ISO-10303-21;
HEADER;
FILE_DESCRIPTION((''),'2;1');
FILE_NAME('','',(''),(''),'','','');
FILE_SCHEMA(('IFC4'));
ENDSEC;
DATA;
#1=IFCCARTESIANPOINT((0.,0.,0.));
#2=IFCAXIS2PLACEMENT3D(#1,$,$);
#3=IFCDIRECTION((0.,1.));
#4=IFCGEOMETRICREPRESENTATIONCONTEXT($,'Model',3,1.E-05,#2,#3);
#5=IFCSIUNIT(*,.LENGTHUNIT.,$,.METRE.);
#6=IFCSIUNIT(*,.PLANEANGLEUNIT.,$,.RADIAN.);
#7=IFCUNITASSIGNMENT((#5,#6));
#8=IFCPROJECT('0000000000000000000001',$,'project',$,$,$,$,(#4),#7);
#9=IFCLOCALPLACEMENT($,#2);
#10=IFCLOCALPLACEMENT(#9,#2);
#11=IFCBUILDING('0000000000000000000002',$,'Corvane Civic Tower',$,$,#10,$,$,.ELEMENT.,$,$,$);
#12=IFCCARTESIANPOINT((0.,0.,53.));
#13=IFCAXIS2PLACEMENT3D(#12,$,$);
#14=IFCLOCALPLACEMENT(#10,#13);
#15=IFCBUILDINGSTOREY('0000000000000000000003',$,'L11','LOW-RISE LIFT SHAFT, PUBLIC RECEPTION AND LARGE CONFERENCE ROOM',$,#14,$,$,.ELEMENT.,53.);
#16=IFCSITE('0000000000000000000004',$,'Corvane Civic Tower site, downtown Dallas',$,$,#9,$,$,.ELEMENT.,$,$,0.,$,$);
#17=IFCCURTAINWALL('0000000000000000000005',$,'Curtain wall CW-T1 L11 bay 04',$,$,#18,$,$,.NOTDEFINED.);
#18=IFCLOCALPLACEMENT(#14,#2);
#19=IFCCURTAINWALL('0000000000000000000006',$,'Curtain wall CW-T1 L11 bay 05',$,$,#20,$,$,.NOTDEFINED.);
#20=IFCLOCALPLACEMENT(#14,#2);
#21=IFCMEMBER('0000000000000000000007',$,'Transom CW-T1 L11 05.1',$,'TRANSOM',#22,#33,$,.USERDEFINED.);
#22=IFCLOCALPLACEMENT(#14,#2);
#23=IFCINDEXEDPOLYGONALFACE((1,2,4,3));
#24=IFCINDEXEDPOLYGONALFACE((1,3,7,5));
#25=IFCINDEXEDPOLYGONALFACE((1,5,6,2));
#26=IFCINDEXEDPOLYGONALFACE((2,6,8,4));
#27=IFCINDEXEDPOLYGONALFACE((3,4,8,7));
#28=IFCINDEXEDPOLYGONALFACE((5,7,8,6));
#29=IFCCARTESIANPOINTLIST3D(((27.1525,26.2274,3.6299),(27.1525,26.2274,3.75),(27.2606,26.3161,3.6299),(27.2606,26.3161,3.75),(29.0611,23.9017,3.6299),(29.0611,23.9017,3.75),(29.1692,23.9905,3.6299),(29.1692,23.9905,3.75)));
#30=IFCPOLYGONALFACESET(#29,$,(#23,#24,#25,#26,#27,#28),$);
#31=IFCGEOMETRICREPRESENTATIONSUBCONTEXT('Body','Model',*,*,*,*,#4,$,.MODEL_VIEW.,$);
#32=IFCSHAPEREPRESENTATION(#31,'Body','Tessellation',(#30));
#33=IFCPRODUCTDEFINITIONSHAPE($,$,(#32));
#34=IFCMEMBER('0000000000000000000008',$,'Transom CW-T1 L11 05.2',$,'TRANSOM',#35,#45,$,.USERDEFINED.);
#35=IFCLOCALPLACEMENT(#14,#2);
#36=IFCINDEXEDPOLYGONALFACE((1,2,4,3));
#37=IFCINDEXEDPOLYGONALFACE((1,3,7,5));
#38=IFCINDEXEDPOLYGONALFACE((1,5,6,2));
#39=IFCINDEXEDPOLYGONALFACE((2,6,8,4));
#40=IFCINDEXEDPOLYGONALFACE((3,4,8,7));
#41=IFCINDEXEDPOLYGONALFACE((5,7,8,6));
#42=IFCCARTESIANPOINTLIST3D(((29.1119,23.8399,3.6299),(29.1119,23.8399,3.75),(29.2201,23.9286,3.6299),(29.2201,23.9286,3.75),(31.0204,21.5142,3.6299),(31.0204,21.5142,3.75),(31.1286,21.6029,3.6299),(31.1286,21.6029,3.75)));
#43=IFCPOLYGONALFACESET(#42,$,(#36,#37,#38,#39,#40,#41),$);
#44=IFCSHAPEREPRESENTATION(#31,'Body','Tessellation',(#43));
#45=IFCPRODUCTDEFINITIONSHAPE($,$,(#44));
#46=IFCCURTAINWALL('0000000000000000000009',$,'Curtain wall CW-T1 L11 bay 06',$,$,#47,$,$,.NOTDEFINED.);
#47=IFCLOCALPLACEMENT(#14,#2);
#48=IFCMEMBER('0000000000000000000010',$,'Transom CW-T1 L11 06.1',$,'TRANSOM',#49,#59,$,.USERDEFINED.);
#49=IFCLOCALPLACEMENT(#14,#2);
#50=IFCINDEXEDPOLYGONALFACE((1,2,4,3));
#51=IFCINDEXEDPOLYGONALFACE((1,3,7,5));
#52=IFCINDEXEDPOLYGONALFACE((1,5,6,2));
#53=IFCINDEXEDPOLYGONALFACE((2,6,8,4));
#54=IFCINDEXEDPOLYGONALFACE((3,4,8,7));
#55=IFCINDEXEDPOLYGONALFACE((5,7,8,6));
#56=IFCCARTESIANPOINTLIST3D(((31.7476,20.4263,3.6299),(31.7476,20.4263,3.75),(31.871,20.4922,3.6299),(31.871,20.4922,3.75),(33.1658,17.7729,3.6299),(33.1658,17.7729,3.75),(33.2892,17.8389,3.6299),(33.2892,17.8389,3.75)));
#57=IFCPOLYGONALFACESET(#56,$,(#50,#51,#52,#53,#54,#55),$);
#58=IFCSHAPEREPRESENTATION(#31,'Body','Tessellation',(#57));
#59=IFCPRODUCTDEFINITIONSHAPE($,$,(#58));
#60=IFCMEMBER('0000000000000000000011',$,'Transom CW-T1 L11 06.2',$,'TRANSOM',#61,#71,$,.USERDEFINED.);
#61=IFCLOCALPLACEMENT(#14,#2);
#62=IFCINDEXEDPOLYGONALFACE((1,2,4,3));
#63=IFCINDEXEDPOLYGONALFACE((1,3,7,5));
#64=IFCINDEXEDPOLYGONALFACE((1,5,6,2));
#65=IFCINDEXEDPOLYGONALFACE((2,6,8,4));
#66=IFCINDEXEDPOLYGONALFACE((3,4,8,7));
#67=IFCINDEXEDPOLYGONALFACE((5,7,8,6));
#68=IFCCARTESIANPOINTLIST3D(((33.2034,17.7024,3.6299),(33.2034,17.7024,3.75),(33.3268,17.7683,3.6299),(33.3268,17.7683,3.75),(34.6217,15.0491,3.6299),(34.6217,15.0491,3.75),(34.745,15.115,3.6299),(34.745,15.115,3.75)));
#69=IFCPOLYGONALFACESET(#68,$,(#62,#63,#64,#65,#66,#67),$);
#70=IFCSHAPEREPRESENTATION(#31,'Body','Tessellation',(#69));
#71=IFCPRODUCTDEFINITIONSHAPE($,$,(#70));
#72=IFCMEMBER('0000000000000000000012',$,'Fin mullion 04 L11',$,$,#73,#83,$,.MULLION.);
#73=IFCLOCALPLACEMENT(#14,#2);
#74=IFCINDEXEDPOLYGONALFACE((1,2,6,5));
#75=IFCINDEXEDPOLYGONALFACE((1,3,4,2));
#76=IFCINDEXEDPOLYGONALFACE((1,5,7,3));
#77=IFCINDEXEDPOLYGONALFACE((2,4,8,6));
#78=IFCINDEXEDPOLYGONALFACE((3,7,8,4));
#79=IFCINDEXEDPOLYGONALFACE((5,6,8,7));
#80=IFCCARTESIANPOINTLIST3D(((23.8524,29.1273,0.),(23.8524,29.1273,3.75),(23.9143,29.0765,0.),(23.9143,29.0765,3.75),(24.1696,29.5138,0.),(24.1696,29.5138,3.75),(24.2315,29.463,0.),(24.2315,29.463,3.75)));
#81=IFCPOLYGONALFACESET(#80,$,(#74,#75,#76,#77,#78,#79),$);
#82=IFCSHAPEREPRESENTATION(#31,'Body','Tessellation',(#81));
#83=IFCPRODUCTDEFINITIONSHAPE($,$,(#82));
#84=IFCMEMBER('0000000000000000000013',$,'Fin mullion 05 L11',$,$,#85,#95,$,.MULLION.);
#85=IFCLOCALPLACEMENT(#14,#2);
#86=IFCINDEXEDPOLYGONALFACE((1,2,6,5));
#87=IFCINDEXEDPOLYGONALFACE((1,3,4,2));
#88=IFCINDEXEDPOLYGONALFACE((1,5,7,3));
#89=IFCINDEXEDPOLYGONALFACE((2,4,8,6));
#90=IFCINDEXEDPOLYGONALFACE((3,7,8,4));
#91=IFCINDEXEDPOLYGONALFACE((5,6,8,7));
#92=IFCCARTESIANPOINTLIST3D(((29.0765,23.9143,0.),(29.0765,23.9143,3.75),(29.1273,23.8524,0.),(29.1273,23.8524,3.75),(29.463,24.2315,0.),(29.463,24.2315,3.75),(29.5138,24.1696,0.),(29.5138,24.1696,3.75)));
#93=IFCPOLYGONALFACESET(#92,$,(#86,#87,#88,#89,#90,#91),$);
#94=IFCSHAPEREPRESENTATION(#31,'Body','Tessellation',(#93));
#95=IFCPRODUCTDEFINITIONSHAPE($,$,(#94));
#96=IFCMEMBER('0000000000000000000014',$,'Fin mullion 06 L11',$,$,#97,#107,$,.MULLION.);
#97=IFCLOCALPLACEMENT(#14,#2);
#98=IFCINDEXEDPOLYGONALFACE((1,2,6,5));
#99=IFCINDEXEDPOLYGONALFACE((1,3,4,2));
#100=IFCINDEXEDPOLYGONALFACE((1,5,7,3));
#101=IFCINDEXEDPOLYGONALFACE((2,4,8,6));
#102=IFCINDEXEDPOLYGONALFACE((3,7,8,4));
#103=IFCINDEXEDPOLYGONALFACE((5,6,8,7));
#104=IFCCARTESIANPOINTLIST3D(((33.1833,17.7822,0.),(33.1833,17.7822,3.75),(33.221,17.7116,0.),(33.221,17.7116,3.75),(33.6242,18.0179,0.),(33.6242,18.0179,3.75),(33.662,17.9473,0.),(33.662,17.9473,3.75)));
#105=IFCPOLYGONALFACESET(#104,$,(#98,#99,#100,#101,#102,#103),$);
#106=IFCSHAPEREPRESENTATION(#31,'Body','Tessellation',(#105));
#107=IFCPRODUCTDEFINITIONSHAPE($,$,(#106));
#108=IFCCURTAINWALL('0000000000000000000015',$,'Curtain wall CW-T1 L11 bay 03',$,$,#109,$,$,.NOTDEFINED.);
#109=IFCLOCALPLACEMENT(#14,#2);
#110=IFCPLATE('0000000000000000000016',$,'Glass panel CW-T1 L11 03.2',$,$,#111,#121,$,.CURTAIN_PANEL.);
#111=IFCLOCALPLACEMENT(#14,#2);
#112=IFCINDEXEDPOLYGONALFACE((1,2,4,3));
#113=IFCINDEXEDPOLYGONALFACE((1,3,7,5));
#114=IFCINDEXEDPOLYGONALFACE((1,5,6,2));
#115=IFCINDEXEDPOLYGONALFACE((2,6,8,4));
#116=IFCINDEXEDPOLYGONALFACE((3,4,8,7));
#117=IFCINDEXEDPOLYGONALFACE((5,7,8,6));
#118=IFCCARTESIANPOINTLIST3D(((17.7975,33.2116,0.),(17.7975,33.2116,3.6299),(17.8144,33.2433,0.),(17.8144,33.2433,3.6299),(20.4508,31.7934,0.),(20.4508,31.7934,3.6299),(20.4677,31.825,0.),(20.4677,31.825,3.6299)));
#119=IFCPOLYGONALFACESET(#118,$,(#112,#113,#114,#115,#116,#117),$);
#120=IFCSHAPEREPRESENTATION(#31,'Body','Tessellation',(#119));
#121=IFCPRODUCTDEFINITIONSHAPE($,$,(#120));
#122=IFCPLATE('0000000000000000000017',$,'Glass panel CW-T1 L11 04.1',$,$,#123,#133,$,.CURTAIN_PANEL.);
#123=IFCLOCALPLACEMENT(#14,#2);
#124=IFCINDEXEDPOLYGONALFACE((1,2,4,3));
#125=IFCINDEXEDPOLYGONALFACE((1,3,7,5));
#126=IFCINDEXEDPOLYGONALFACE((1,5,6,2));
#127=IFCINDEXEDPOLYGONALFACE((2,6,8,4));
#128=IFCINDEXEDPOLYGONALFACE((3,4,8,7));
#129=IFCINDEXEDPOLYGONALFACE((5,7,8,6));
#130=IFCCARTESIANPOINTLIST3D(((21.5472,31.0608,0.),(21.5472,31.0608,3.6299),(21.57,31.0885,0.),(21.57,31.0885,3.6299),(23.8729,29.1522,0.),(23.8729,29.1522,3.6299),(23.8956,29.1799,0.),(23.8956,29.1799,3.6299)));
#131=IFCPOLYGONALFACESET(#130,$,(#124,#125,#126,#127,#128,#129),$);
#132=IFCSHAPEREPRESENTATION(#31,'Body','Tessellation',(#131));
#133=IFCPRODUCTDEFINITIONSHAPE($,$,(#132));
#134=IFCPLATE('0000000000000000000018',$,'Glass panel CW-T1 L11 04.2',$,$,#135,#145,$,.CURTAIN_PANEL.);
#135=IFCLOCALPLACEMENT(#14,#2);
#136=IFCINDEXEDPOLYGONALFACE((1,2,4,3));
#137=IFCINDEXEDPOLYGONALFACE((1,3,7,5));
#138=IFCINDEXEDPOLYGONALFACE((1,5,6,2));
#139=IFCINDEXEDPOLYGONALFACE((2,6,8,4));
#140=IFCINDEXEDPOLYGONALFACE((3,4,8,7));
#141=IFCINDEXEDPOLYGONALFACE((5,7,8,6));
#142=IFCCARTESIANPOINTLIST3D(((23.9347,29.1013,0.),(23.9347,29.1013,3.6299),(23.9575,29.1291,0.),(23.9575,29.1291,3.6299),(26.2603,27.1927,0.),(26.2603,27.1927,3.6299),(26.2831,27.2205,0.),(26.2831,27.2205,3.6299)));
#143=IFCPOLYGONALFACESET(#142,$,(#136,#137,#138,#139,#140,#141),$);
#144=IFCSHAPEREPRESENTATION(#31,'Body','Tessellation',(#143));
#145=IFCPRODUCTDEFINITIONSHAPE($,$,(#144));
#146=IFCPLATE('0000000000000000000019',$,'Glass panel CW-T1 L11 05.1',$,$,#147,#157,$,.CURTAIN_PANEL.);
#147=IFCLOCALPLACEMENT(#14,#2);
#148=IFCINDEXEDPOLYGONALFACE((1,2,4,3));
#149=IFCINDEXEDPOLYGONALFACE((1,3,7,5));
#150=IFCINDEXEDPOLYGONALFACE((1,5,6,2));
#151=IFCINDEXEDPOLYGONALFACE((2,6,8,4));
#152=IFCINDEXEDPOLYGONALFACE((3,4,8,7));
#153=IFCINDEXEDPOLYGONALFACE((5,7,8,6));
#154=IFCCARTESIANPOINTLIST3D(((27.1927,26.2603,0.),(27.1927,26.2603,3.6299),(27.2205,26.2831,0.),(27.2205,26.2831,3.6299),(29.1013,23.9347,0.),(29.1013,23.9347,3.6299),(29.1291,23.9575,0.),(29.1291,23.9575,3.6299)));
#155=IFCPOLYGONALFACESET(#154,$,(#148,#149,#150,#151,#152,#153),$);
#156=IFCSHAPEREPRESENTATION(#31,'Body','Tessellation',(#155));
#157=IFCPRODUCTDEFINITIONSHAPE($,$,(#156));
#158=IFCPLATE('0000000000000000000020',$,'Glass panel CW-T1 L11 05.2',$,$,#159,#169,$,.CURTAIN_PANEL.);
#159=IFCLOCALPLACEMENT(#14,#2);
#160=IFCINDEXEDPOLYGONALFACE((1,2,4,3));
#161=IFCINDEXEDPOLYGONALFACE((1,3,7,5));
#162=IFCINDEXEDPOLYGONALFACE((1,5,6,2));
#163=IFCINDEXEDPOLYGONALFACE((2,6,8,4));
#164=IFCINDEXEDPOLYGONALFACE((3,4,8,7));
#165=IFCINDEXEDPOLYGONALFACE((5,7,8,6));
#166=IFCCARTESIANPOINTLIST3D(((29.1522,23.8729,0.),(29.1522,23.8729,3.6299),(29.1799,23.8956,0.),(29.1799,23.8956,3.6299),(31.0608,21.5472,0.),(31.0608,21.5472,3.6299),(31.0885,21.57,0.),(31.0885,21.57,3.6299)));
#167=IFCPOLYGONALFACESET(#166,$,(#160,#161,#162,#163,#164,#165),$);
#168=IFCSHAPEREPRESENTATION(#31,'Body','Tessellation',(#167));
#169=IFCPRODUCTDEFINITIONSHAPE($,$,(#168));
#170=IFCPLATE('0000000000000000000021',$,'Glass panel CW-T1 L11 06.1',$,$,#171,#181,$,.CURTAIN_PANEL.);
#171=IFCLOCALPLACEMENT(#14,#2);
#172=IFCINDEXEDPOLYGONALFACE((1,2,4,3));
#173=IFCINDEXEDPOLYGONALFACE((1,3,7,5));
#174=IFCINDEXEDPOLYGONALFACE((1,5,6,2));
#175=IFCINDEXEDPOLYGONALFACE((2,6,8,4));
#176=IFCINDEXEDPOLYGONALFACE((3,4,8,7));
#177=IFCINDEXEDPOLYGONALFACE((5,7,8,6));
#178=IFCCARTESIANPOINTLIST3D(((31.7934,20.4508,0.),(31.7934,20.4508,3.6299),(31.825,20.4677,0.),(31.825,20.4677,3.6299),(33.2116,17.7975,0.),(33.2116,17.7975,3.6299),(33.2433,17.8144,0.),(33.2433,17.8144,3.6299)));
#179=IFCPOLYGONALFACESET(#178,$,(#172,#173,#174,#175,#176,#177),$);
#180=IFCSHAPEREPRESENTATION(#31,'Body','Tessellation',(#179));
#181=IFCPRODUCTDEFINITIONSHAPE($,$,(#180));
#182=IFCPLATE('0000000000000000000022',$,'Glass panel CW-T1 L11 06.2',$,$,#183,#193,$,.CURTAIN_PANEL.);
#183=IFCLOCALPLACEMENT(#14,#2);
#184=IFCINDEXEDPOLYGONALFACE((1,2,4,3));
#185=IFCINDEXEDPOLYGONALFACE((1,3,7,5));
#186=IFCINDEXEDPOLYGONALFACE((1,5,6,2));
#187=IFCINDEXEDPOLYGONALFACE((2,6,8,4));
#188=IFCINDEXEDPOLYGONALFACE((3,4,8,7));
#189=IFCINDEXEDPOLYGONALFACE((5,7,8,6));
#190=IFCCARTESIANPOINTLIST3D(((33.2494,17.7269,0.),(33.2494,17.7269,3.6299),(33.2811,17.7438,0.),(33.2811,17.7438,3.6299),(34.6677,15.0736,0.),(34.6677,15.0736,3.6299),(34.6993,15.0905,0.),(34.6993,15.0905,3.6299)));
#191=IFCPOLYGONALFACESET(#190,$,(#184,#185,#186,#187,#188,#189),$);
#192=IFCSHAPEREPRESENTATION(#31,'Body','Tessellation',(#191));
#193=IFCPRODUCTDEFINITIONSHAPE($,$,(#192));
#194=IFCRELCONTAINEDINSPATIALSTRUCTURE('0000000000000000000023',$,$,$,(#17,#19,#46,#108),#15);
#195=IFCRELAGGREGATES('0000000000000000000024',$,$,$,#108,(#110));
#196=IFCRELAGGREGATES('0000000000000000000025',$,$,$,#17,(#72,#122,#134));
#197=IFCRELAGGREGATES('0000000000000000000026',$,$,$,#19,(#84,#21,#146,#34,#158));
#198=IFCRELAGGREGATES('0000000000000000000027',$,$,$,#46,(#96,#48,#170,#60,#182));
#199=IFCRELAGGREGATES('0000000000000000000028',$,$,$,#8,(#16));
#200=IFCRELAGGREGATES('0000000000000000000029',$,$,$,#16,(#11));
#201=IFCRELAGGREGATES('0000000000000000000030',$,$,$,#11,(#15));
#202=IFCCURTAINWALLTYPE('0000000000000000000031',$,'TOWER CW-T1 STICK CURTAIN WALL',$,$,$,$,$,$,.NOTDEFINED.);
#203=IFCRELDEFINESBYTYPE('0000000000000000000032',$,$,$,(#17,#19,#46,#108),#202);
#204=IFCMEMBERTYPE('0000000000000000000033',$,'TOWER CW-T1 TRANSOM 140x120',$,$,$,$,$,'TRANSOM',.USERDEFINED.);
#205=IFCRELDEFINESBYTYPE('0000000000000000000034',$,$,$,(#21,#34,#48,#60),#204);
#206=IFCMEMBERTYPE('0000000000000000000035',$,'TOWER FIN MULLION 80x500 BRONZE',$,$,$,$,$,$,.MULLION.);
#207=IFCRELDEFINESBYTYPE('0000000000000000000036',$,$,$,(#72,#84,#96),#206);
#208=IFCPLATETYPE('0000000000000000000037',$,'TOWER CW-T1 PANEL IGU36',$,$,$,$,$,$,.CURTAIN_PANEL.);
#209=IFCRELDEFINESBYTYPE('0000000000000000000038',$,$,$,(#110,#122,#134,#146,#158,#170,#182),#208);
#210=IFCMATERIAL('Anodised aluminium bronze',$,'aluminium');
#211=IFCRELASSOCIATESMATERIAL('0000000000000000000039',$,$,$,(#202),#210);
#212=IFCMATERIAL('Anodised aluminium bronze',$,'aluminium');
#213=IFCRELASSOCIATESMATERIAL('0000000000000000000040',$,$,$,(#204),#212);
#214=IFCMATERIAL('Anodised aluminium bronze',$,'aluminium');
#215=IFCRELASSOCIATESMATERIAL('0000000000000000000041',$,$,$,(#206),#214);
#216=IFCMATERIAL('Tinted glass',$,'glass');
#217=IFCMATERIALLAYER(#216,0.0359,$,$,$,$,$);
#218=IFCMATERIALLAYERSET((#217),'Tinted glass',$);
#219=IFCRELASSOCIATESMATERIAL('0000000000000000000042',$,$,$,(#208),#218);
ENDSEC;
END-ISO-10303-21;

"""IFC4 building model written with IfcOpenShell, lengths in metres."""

from ifc_helpers import new_model, si_unit, direction, frame, origin, origin_2d, place, context, subcontext, project, spatial, rectangle, extrude, material, layer, layer_set, material_profile, profile_set, type_object, element, aggregate, save


model = new_model("IFC4")

# Units and contexts
model_context = context("Model", 3, precision=1e-05, world=origin(), true_north=direction((0.0, 1.0)))
body_context = subcontext(model_context, "Body", "Model", "MODEL_VIEW")
ifc_project = project(units=[si_unit("LENGTHUNIT", "METRE"), si_unit("PLANEANGLEUNIT", "RADIAN")], contexts=[model_context])

# Site, building, storey
site_placement = place(None, origin())
site = spatial("IfcSite", under=ifc_project, at=site_placement, Name="Corvane Civic Tower site, downtown Dallas", CompositionType="ELEMENT", RefElevation=0.0)
building_placement = place(site_placement, origin())
building = spatial("IfcBuilding", under=site, at=building_placement, Name="Corvane Civic Tower", CompositionType="ELEMENT")
storey_placement = place(building_placement, frame((0.0, 0.0, 53.0)))
storey = spatial("IfcBuildingStorey", under=building, at=storey_placement, Name="L11", Description="LOW-RISE LIFT SHAFT, PUBLIC RECEPTION AND LARGE CONFERENCE ROOM", CompositionType="ELEMENT", Elevation=53.0)

# Curtain walls, members
ifc_material_1 = material(Name="Anodised aluminium bronze", Category="aluminium")
curtain_wall_type = type_object("IfcCurtainWallType", Name="TOWER CW-T1 STICK CURTAIN WALL", PredefinedType="NOTDEFINED", material=ifc_material_1)
curtain_wall_1_placement = place(storey_placement, origin())
curtain_wall_1 = element("IfcCurtainWall", 1, at=curtain_wall_1_placement, inside=storey, type_object=curtain_wall_type, Name="Curtain wall CW-T1 L11 bay 04", PredefinedType="NOTDEFINED")
ifc_material_2 = material(Name="Anodised aluminium bronze", Category="aluminium")
ifc_material_profile_1 = material_profile(ifc_material_2, rectangle(XDim=0.1399, YDim=0.1201, at=origin_2d()), Name="TOWER CW-T1 TRANSOM 140x120")
ifc_profile_set_1 = profile_set([ifc_material_profile_1], Name="Anodised aluminium bronze")
member_type_1 = type_object("IfcMemberType", Name="TOWER CW-T1 TRANSOM 140x120", ElementType="TRANSOM", PredefinedType="USERDEFINED", material=ifc_profile_set_1)
curtain_wall_2_placement = place(storey_placement, origin())
curtain_wall_2 = element("IfcCurtainWall", 2, at=curtain_wall_2_placement, inside=storey, type_object=curtain_wall_type, Name="Curtain wall CW-T1 L11 bay 05", PredefinedType="NOTDEFINED")
member_1_placement = place(storey_placement, frame((27.2065, 26.2717, 3.6899), z_axis=(0.634404, -0.773002, 0.0), x_axis=(0.773002, 0.634404, 0.0)))
member_1 = element("IfcMember", 3, at=member_1_placement, type_object=member_type_1, Name="Transom CW-T1 L11 05.1", ObjectType="TRANSOM", PredefinedType="USERDEFINED", context=body_context, shape_type="SweptSolid", body=[
    extrude(rectangle(XDim=0.1399, YDim=0.1201, at=origin_2d()), origin(), (0.0, 0.0, 1.0), 3.0085),
])
member_2_placement = place(storey_placement, frame((29.166, 23.8843, 3.6899), z_axis=(0.634355, -0.773042, 0.0), x_axis=(0.773042, 0.634355, 0.0)))
member_2 = element("IfcMember", 4, at=member_2_placement, type_object=member_type_1, Name="Transom CW-T1 L11 05.2", ObjectType="TRANSOM", PredefinedType="USERDEFINED", context=body_context, shape_type="SweptSolid", body=[
    extrude(rectangle(XDim=0.1399, YDim=0.1201, at=origin_2d()), origin(), (0.0, 0.0, 1.0), 3.0085),
])
curtain_wall_3_placement = place(storey_placement, origin())
curtain_wall_3 = element("IfcCurtainWall", 5, at=curtain_wall_3_placement, inside=storey, type_object=curtain_wall_type, Name="Curtain wall CW-T1 L11 bay 06", PredefinedType="NOTDEFINED")
member_3_placement = place(storey_placement, frame((31.8093, 20.4592, 3.6899), z_axis=(0.471393, -0.881924, 0.0), x_axis=(0.881924, 0.471393, 0.0)))
member_3 = element("IfcMember", 6, at=member_3_placement, type_object=member_type_1, Name="Transom CW-T1 L11 06.1", ObjectType="TRANSOM", PredefinedType="USERDEFINED", context=body_context, shape_type="SweptSolid", body=[
    extrude(rectangle(XDim=0.1399, YDim=0.1201, at=origin_2d()), origin(), (0.0, 0.0, 1.0), 3.0085),
])
member_4_placement = place(storey_placement, frame((33.2651, 17.7354, 3.6899), z_axis=(0.471393, -0.881924, 0.0), x_axis=(0.881924, 0.471393, 0.0)))
member_4 = element("IfcMember", 7, at=member_4_placement, type_object=member_type_1, Name="Transom CW-T1 L11 06.2", ObjectType="TRANSOM", PredefinedType="USERDEFINED", context=body_context, shape_type="SweptSolid", body=[
    extrude(rectangle(XDim=0.1399, YDim=0.1201, at=origin_2d()), origin(), (0.0, 0.0, 1.0), 3.0085),
])

# Members
ifc_material_3 = material(Name="Anodised aluminium bronze", Category="aluminium")
ifc_material_profile_2 = material_profile(ifc_material_3, rectangle(XDim=0.0801, YDim=0.5, at=origin_2d()), Name="TOWER FIN MULLION 80x500 BRONZE")
ifc_profile_set_2 = profile_set([ifc_material_profile_2], Name="Anodised aluminium bronze")
member_type_2 = type_object("IfcMemberType", Name="TOWER FIN MULLION 80x500 BRONZE", PredefinedType="MULLION", material=ifc_profile_set_2)
member_5_placement = place(storey_placement, frame((24.042, 29.2952, 0.0), z_axis=(0.0, 0.0, 1.0), x_axis=(0.773007, -0.634397, 0.0)))
member_5 = element("IfcMember", 8, at=member_5_placement, type_object=member_type_2, Name="Fin mullion 04 L11", PredefinedType="MULLION", context=body_context, shape_type="SweptSolid", body=[
    extrude(rectangle(XDim=0.0801, YDim=0.5, at=origin_2d()), origin(), (0.0, 0.0, 1.0), 3.75),
])
member_6_placement = place(storey_placement, frame((29.2952, 24.042, 0.0), z_axis=(0.0, 0.0, 1.0), x_axis=(0.634397, -0.773007, 0.0)))
member_6 = element("IfcMember", 9, at=member_6_placement, type_object=member_type_2, Name="Fin mullion 05 L11", PredefinedType="MULLION", context=body_context, shape_type="SweptSolid", body=[
    extrude(rectangle(XDim=0.0801, YDim=0.5, at=origin_2d()), origin(), (0.0, 0.0, 1.0), 3.75),
])
member_7_placement = place(storey_placement, frame((33.4226, 17.8647, 0.0), z_axis=(0.0, 0.0, 1.0), x_axis=(0.471404, -0.881918, 0.0)))
member_7 = element("IfcMember", 10, at=member_7_placement, type_object=member_type_2, Name="Fin mullion 06 L11", PredefinedType="MULLION", context=body_context, shape_type="SweptSolid", body=[
    extrude(rectangle(XDim=0.0801, YDim=0.5, at=origin_2d()), origin(), (0.0, 0.0, 1.0), 3.75),
])

# Curtain wall, plate
curtain_wall_4_placement = place(storey_placement, origin())
curtain_wall_4 = element("IfcCurtainWall", 11, at=curtain_wall_4_placement, inside=storey, type_object=curtain_wall_type, Name="Curtain wall CW-T1 L11 bay 03", PredefinedType="NOTDEFINED")
ifc_material_4 = material(Name="Tinted glass", Category="glass")
ifc_layer = layer(ifc_material_4, 0.0359)
ifc_layer_set = layer_set([ifc_layer], Name="Tinted glass")
plate_type = type_object("IfcPlateType", Name="TOWER CW-T1 PANEL IGU36", PredefinedType="CURTAIN_PANEL", material=ifc_layer_set)
plate_1_placement = place(storey_placement, frame((19.1326, 32.5183, 0.0), z_axis=(0.0, 0.0, 1.0), x_axis=(0.881918, -0.471404, 0.0)))
plate_1 = element("IfcPlate", 12, at=plate_1_placement, type_object=plate_type, Name="Glass panel CW-T1 L11 03.2", PredefinedType="CURTAIN_PANEL", context=body_context, shape_type="SweptSolid", body=[
    extrude(rectangle(XDim=3.0085, YDim=0.0359, at=origin_2d()), origin(), (0.0, 0.0, 1.0), 3.6299),
])
aggregate(curtain_wall_4, [plate_1])

# Plates
plate_2_placement = place(storey_placement, frame((22.7214, 30.1204, 0.0), z_axis=(0.0, 0.0, 1.0), x_axis=(0.773007, -0.634397, 0.0)))
plate_2 = element("IfcPlate", 13, at=plate_2_placement, type_object=plate_type, Name="Glass panel CW-T1 L11 04.1", PredefinedType="CURTAIN_PANEL", context=body_context, shape_type="SweptSolid", body=[
    extrude(rectangle(XDim=3.0085, YDim=0.0359, at=origin_2d()), origin(), (0.0, 0.0, 1.0), 3.6299),
])
plate_3_placement = place(storey_placement, frame((25.1089, 28.1609, 0.0), z_axis=(0.0, 0.0, 1.0), x_axis=(0.773007, -0.634397, 0.0)))
plate_3 = element("IfcPlate", 14, at=plate_3_placement, type_object=plate_type, Name="Glass panel CW-T1 L11 04.2", PredefinedType="CURTAIN_PANEL", context=body_context, shape_type="SweptSolid", body=[
    extrude(rectangle(XDim=3.0085, YDim=0.0359, at=origin_2d()), origin(), (0.0, 0.0, 1.0), 3.6299),
])
aggregate(curtain_wall_1, [member_5, plate_2, plate_3])
plate_4_placement = place(storey_placement, frame((28.1609, 25.1089, 0.0), z_axis=(0.0, 0.0, 1.0), x_axis=(0.634397, -0.773007, 0.0)))
plate_4 = element("IfcPlate", 15, at=plate_4_placement, type_object=plate_type, Name="Glass panel CW-T1 L11 05.1", PredefinedType="CURTAIN_PANEL", context=body_context, shape_type="SweptSolid", body=[
    extrude(rectangle(XDim=3.0085, YDim=0.0359, at=origin_2d()), origin(), (0.0, 0.0, 1.0), 3.6299),
])
plate_5_placement = place(storey_placement, frame((30.1204, 22.7214, 0.0), z_axis=(0.0, 0.0, 1.0), x_axis=(0.634397, -0.773007, 0.0)))
plate_5 = element("IfcPlate", 16, at=plate_5_placement, type_object=plate_type, Name="Glass panel CW-T1 L11 05.2", PredefinedType="CURTAIN_PANEL", context=body_context, shape_type="SweptSolid", body=[
    extrude(rectangle(XDim=3.0085, YDim=0.0359, at=origin_2d()), origin(), (0.0, 0.0, 1.0), 3.6299),
])
aggregate(curtain_wall_2, [member_6, member_1, plate_4, member_2, plate_5])
plate_6_placement = place(storey_placement, frame((32.5183, 19.1326, 0.0), z_axis=(0.0, 0.0, 1.0), x_axis=(0.471404, -0.881918, 0.0)))
plate_6 = element("IfcPlate", 17, at=plate_6_placement, type_object=plate_type, Name="Glass panel CW-T1 L11 06.1", PredefinedType="CURTAIN_PANEL", context=body_context, shape_type="SweptSolid", body=[
    extrude(rectangle(XDim=3.0085, YDim=0.0359, at=origin_2d()), origin(), (0.0, 0.0, 1.0), 3.6299),
])
plate_7_placement = place(storey_placement, frame((33.9744, 16.4087, 0.0), z_axis=(0.0, 0.0, 1.0), x_axis=(0.471404, -0.881918, 0.0)))
plate_7 = element("IfcPlate", 18, at=plate_7_placement, type_object=plate_type, Name="Glass panel CW-T1 L11 06.2", PredefinedType="CURTAIN_PANEL", context=body_context, shape_type="SweptSolid", body=[
    extrude(rectangle(XDim=3.0085, YDim=0.0359, at=origin_2d()), origin(), (0.0, 0.0, 1.0), 3.6299),
])
aggregate(curtain_wall_3, [member_7, member_3, plate_6, member_4, plate_7])

save(model, "model.ifc")
